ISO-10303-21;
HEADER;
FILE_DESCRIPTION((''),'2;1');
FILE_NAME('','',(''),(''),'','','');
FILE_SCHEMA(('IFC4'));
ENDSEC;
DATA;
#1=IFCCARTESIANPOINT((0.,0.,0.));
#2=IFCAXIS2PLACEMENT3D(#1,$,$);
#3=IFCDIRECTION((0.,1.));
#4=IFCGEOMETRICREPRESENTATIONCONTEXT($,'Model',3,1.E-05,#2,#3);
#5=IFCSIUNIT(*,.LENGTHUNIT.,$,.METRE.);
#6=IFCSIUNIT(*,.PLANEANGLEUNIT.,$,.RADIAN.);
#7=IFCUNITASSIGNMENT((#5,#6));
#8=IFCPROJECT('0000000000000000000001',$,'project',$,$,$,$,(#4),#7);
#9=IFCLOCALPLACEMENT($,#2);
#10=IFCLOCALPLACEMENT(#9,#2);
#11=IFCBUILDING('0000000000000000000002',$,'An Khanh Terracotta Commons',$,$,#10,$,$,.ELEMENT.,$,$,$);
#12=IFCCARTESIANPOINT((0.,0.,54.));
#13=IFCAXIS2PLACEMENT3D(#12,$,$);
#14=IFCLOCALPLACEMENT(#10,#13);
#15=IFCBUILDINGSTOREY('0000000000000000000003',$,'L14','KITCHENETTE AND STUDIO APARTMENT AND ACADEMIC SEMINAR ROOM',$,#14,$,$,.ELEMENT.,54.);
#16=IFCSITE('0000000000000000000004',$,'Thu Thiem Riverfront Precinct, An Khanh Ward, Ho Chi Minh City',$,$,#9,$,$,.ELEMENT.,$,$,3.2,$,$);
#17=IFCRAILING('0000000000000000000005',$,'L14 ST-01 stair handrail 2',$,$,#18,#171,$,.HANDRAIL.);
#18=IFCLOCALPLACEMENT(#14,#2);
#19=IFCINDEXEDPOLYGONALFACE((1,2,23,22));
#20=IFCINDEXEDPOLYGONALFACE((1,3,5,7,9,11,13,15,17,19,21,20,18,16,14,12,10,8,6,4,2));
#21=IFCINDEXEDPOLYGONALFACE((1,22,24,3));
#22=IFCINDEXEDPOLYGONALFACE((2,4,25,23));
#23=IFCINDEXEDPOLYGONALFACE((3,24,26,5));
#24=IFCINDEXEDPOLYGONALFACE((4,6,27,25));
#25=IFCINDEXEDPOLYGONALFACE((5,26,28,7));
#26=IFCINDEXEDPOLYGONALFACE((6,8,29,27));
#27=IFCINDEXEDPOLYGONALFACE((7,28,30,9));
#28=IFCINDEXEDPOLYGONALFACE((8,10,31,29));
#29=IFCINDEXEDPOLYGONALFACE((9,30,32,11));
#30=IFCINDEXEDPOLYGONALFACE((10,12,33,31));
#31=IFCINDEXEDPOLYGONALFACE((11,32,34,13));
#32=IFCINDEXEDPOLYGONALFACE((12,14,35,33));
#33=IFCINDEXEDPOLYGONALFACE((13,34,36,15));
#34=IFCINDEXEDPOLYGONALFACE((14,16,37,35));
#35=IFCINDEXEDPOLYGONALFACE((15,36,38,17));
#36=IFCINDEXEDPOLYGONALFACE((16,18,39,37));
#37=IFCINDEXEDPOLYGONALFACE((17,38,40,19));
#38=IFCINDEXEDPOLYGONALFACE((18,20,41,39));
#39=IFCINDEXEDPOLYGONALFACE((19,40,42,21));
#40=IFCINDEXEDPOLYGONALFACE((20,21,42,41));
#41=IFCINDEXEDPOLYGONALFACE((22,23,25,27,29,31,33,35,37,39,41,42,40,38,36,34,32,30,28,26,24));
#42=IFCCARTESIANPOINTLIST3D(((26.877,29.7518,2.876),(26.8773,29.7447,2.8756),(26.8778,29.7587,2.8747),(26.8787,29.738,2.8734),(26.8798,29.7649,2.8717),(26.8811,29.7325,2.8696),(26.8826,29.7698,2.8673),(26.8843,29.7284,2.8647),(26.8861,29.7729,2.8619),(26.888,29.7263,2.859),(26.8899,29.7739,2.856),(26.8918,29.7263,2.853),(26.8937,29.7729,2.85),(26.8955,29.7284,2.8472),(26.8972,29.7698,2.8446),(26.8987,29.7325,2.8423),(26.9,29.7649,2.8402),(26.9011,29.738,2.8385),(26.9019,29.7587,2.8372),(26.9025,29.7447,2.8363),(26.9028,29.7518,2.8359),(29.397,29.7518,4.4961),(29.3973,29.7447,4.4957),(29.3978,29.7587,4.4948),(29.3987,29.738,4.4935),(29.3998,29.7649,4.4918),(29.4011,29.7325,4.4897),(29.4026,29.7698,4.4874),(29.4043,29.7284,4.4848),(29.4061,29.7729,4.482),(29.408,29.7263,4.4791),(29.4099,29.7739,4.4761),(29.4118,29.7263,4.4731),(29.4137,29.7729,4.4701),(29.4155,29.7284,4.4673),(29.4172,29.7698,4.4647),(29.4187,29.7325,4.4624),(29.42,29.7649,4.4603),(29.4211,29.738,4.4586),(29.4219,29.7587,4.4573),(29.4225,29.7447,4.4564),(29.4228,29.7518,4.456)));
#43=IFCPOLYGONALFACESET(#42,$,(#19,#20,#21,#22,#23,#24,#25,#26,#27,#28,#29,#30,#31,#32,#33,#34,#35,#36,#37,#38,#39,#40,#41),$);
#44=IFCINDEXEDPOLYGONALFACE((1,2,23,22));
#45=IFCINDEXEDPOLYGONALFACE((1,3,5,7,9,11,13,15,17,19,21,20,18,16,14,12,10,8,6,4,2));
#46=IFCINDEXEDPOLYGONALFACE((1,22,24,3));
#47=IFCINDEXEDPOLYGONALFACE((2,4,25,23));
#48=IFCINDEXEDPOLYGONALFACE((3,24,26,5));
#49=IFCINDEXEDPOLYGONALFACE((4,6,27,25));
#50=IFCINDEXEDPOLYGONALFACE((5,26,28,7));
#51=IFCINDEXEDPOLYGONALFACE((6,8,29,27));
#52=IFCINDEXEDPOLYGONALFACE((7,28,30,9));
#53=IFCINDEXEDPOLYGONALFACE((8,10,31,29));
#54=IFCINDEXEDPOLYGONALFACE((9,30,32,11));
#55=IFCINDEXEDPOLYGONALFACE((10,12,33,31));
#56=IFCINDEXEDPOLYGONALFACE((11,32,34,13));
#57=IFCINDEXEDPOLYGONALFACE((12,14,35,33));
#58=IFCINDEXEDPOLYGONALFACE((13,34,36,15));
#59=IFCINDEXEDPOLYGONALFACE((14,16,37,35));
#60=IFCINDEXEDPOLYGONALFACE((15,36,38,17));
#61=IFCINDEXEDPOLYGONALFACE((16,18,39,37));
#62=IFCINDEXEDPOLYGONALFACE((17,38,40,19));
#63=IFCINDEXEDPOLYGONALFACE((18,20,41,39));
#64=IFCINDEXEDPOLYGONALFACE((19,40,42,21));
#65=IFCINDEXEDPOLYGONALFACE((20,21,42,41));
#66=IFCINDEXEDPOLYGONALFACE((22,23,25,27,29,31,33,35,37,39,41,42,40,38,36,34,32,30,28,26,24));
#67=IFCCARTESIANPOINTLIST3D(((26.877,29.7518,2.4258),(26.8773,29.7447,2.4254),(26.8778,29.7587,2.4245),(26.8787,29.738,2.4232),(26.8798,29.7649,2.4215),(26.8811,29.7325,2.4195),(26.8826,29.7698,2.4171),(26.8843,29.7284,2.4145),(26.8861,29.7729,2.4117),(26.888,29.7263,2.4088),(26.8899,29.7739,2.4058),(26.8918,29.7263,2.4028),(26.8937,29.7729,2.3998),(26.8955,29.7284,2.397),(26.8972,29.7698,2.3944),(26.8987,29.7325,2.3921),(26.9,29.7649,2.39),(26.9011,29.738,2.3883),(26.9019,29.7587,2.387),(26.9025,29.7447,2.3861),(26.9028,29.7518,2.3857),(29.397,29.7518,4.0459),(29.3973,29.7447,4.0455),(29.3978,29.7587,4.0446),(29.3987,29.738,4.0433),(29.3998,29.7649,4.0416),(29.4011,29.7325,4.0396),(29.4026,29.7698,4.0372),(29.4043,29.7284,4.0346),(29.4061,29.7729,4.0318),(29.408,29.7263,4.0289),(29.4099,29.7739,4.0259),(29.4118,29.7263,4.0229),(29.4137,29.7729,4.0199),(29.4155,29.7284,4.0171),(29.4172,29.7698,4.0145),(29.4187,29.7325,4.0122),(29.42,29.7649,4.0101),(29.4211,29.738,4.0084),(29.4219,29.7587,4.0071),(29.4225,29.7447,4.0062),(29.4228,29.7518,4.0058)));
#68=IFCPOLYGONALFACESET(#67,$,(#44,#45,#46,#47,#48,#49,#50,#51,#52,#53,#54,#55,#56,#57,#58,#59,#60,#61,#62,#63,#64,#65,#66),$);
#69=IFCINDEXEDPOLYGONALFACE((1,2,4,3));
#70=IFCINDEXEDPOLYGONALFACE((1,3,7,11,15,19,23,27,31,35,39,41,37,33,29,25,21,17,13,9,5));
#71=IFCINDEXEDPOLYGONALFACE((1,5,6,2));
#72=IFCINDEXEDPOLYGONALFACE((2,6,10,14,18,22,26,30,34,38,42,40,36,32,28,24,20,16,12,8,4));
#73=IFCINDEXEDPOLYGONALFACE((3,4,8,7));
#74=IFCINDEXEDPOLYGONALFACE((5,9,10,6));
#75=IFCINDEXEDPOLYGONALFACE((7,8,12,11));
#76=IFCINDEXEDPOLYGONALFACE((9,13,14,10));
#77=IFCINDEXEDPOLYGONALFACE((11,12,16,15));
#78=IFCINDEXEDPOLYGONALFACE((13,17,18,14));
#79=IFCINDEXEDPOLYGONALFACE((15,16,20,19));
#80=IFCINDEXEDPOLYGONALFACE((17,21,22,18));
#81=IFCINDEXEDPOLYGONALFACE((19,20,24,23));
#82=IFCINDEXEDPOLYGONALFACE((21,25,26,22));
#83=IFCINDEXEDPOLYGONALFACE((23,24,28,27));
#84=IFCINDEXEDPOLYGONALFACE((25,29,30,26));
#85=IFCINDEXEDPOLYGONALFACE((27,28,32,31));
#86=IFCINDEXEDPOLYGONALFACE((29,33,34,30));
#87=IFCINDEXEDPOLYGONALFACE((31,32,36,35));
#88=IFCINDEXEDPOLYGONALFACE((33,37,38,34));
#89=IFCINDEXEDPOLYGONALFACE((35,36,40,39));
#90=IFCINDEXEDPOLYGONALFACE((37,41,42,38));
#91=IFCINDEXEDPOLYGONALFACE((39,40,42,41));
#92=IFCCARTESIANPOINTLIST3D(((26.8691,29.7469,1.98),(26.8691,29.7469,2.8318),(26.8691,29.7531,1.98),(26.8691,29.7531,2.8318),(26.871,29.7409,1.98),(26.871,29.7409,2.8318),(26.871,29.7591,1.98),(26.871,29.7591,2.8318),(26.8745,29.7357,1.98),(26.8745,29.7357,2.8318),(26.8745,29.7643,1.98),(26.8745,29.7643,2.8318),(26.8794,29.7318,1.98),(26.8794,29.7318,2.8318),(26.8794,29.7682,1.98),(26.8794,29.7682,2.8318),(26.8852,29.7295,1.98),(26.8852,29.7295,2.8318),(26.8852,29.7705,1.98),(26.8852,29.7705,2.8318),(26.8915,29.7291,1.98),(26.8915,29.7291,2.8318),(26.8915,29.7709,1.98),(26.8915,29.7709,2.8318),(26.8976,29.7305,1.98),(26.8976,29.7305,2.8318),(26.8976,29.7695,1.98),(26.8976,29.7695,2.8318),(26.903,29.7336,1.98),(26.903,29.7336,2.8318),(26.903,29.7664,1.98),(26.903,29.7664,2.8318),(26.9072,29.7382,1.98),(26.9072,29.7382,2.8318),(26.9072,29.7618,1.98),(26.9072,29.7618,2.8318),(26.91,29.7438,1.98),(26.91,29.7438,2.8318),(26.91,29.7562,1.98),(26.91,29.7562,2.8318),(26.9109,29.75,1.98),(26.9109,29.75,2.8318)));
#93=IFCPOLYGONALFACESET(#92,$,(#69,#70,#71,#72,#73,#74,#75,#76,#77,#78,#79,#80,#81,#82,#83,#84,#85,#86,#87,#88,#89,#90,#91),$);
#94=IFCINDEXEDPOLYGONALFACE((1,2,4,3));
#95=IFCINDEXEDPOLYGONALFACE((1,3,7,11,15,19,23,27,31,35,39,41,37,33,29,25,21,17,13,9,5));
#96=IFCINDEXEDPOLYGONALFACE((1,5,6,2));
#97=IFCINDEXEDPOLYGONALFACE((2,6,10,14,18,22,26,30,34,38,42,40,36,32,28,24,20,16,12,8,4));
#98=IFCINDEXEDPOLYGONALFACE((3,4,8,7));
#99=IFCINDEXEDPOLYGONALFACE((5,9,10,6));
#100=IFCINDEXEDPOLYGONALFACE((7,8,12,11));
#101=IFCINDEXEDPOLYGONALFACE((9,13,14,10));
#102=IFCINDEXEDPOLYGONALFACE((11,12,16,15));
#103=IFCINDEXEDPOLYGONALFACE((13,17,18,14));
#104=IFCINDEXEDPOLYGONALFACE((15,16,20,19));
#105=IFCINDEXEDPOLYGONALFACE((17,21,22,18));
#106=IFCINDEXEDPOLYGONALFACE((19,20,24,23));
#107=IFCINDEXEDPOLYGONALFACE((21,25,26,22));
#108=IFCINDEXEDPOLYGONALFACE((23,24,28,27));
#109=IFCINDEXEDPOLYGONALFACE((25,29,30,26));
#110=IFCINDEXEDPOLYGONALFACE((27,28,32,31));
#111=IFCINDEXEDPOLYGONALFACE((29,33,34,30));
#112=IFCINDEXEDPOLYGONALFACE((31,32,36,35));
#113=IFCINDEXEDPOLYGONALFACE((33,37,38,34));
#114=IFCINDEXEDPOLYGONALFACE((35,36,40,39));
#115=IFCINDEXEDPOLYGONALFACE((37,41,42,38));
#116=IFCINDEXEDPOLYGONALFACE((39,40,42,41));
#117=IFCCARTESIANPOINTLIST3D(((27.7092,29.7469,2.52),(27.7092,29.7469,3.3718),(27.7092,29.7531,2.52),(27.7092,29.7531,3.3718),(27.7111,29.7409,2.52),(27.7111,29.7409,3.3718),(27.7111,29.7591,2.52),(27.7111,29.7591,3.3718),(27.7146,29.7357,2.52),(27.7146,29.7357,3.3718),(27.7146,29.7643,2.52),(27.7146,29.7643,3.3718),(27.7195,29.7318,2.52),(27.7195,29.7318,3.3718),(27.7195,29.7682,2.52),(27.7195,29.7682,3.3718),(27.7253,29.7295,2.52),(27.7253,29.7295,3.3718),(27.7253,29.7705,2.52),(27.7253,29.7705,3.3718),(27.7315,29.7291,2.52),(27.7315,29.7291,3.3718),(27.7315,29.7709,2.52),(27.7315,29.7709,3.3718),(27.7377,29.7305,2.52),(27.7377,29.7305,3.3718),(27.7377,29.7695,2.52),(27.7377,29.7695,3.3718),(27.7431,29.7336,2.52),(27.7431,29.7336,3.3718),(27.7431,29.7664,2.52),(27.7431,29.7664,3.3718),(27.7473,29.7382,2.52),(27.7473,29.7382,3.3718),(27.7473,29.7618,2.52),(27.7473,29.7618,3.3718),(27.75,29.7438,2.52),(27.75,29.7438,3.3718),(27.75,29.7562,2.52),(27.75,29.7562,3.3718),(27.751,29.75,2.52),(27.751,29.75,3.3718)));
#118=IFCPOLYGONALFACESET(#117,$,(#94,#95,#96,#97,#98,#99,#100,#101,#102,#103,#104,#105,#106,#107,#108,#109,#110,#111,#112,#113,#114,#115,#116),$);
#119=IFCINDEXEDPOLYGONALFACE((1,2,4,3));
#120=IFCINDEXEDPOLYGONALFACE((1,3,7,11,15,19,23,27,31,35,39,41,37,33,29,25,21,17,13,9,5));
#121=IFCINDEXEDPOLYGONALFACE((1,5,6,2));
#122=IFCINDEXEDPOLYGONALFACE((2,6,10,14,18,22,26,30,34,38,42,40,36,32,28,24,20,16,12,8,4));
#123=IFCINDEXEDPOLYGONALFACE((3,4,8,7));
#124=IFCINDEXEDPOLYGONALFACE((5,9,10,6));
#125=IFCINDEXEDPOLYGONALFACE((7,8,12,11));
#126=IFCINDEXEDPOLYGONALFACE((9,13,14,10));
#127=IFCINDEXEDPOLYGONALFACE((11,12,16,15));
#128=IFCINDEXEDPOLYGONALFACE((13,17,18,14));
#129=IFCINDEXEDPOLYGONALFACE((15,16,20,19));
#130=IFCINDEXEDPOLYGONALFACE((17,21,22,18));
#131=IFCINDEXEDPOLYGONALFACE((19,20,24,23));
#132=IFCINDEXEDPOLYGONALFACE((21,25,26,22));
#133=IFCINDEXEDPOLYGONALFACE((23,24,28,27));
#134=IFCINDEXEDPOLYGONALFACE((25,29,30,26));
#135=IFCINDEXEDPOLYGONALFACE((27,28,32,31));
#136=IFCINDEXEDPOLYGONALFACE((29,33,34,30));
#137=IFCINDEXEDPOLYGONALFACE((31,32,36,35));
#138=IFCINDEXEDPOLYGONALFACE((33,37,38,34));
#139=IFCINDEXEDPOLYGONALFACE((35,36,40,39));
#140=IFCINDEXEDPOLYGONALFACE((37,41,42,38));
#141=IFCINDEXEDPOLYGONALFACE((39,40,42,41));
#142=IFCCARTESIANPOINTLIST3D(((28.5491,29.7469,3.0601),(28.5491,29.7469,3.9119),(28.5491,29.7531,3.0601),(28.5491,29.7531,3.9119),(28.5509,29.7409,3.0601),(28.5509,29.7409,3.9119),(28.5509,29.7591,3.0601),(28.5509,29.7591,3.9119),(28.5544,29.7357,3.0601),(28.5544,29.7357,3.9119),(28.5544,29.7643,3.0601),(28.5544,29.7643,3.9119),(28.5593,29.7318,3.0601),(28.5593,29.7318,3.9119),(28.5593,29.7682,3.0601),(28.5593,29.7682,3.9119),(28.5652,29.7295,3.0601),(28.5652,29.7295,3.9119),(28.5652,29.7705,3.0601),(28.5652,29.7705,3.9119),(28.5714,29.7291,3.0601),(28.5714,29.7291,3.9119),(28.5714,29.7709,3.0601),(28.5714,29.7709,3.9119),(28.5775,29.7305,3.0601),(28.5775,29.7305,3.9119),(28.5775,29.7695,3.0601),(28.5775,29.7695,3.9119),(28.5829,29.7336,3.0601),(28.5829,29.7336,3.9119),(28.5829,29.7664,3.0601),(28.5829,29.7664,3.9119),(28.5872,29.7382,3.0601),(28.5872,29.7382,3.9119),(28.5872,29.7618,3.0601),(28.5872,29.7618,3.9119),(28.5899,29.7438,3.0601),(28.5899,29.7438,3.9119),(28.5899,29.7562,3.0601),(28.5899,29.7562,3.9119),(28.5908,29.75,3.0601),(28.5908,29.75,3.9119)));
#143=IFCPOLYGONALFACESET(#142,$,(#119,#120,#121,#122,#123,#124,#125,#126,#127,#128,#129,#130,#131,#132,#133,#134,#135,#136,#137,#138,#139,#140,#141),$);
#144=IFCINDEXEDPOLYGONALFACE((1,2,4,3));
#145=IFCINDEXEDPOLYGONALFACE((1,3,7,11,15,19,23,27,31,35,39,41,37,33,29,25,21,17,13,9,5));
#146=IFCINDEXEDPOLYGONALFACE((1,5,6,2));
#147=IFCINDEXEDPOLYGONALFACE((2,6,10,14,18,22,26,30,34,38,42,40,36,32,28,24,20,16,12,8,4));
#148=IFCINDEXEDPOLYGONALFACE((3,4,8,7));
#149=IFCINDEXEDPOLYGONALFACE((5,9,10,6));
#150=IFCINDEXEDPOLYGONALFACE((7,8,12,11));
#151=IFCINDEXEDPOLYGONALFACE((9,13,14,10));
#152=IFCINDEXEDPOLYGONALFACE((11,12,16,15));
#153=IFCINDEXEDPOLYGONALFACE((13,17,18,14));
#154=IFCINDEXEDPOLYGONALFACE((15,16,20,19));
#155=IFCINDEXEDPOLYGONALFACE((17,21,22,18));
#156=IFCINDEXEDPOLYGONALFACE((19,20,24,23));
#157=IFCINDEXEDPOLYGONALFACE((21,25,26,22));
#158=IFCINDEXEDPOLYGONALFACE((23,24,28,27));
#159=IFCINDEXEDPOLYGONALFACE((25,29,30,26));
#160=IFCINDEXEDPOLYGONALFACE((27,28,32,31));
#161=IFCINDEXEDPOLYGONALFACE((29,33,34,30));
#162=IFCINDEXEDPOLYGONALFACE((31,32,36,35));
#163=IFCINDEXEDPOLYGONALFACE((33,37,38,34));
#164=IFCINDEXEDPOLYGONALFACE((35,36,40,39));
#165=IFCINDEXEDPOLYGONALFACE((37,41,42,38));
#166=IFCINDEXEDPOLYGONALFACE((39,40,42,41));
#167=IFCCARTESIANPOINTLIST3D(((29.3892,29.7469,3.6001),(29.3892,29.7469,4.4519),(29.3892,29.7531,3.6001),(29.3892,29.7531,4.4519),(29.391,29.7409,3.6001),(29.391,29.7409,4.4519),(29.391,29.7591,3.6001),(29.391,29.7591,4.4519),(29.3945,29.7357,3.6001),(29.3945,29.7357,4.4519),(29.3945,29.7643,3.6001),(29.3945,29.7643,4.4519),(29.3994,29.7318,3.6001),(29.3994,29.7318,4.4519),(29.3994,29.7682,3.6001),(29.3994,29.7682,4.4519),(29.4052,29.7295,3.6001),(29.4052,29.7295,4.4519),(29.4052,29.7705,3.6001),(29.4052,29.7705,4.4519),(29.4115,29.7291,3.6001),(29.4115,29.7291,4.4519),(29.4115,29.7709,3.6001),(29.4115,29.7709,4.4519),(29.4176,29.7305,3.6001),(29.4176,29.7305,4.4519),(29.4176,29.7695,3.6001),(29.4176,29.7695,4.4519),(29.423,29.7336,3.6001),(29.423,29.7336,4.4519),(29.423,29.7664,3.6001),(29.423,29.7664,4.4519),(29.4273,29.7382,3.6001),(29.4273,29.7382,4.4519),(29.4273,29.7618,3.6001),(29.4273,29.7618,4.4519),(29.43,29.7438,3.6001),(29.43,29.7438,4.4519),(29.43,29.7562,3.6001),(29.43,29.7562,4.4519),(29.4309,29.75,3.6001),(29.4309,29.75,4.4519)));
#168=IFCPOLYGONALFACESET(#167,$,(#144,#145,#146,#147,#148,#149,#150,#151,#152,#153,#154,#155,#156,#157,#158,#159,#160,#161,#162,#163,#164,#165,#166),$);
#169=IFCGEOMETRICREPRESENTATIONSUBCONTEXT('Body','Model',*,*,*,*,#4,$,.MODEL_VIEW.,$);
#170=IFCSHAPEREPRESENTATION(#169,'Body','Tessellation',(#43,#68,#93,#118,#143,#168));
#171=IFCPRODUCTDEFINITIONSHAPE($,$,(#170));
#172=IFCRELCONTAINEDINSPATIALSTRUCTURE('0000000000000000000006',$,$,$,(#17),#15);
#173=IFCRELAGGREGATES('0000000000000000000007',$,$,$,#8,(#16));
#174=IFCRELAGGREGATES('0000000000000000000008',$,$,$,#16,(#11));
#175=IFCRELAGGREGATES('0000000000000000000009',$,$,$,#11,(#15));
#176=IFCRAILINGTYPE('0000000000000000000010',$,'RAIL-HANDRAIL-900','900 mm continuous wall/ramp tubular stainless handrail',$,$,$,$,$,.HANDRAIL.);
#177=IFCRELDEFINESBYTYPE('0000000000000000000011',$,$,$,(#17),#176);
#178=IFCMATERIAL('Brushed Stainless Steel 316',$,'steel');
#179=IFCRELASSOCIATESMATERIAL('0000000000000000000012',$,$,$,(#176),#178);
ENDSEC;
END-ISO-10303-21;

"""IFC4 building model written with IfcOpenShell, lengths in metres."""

from ifc_helpers import new_model, si_unit, direction, frame, origin, origin_2d, place, context, subcontext, project, spatial, circle, extrude, material, type_object, element, save


model = new_model("IFC4")

# Units and contexts
model_context = context("Model", 3, precision=1e-05, world=origin(), true_north=direction((0.0, 1.0)))
body_context = subcontext(model_context, "Body", "Model", "MODEL_VIEW")
ifc_project = project(units=[si_unit("LENGTHUNIT", "METRE"), si_unit("PLANEANGLEUNIT", "RADIAN")], contexts=[model_context])

# Site, building, storey
site_placement = place(None, origin())
site = spatial("IfcSite", under=ifc_project, at=site_placement, Name="Thu Thiem Riverfront Precinct, An Khanh Ward, Ho Chi Minh City", CompositionType="ELEMENT", RefElevation=3.2)
building_placement = place(site_placement, origin())
building = spatial("IfcBuilding", under=site, at=building_placement, Name="An Khanh Terracotta Commons", CompositionType="ELEMENT")
storey_placement = place(building_placement, frame((0.0, 0.0, 54.0)))
storey = spatial("IfcBuildingStorey", under=building, at=storey_placement, Name="L14", Description="KITCHENETTE AND STUDIO APARTMENT AND ACADEMIC SEMINAR ROOM", CompositionType="ELEMENT", Elevation=54.0)

# Railing
ifc_material_1 = material(Name="Brushed Stainless Steel 316", Category="steel")
railing_type_1 = type_object("IfcRailingType", Name="RAIL-HANDRAIL-900", Description="900 mm continuous wall/ramp tubular stainless handrail", PredefinedType="HANDRAIL", material=ifc_material_1)
railing_1_placement = place(storey_placement, frame((26.8899, 29.75, 1.98)))
element("IfcRailing", 1, at=railing_1_placement, inside=storey, type_object=railing_type_1, Name="L14 ST-01 stair handrail 2", PredefinedType="HANDRAIL", context=body_context, shape_type="SweptSolid", body=[
    extrude(circle(Radius=0.0239, at=origin_2d()), frame((0.0, 0.0, 0.876), z_axis=(0.841163, 0.0, 0.540782), x_axis=(0.0, 1.0, 0.0)), (0.0, 0.0, 1.0), 2.9958),
    extrude(circle(Radius=0.0239, at=origin_2d()), frame((0.0, 0.0, 0.4258), z_axis=(0.841163, 0.0, 0.540782), x_axis=(0.0, 1.0, 0.0)), (0.0, 0.0, 1.0), 2.9958),
    extrude(circle(Radius=0.021, at=origin_2d()), origin(), (0.0, 0.0, 1.0), 0.8518),
    extrude(circle(Radius=0.021, at=origin_2d()), frame((0.8401, 0.0, 0.54)), (0.0, 0.0, 1.0), 0.8518),
    extrude(circle(Radius=0.021, at=origin_2d()), frame((1.6799, 0.0, 1.0801)), (0.0, 0.0, 1.0), 0.8518),
    extrude(circle(Radius=0.021, at=origin_2d()), frame((2.52, 0.0, 1.6201)), (0.0, 0.0, 1.0), 0.8518),
])

save(model, "model.ifc")
